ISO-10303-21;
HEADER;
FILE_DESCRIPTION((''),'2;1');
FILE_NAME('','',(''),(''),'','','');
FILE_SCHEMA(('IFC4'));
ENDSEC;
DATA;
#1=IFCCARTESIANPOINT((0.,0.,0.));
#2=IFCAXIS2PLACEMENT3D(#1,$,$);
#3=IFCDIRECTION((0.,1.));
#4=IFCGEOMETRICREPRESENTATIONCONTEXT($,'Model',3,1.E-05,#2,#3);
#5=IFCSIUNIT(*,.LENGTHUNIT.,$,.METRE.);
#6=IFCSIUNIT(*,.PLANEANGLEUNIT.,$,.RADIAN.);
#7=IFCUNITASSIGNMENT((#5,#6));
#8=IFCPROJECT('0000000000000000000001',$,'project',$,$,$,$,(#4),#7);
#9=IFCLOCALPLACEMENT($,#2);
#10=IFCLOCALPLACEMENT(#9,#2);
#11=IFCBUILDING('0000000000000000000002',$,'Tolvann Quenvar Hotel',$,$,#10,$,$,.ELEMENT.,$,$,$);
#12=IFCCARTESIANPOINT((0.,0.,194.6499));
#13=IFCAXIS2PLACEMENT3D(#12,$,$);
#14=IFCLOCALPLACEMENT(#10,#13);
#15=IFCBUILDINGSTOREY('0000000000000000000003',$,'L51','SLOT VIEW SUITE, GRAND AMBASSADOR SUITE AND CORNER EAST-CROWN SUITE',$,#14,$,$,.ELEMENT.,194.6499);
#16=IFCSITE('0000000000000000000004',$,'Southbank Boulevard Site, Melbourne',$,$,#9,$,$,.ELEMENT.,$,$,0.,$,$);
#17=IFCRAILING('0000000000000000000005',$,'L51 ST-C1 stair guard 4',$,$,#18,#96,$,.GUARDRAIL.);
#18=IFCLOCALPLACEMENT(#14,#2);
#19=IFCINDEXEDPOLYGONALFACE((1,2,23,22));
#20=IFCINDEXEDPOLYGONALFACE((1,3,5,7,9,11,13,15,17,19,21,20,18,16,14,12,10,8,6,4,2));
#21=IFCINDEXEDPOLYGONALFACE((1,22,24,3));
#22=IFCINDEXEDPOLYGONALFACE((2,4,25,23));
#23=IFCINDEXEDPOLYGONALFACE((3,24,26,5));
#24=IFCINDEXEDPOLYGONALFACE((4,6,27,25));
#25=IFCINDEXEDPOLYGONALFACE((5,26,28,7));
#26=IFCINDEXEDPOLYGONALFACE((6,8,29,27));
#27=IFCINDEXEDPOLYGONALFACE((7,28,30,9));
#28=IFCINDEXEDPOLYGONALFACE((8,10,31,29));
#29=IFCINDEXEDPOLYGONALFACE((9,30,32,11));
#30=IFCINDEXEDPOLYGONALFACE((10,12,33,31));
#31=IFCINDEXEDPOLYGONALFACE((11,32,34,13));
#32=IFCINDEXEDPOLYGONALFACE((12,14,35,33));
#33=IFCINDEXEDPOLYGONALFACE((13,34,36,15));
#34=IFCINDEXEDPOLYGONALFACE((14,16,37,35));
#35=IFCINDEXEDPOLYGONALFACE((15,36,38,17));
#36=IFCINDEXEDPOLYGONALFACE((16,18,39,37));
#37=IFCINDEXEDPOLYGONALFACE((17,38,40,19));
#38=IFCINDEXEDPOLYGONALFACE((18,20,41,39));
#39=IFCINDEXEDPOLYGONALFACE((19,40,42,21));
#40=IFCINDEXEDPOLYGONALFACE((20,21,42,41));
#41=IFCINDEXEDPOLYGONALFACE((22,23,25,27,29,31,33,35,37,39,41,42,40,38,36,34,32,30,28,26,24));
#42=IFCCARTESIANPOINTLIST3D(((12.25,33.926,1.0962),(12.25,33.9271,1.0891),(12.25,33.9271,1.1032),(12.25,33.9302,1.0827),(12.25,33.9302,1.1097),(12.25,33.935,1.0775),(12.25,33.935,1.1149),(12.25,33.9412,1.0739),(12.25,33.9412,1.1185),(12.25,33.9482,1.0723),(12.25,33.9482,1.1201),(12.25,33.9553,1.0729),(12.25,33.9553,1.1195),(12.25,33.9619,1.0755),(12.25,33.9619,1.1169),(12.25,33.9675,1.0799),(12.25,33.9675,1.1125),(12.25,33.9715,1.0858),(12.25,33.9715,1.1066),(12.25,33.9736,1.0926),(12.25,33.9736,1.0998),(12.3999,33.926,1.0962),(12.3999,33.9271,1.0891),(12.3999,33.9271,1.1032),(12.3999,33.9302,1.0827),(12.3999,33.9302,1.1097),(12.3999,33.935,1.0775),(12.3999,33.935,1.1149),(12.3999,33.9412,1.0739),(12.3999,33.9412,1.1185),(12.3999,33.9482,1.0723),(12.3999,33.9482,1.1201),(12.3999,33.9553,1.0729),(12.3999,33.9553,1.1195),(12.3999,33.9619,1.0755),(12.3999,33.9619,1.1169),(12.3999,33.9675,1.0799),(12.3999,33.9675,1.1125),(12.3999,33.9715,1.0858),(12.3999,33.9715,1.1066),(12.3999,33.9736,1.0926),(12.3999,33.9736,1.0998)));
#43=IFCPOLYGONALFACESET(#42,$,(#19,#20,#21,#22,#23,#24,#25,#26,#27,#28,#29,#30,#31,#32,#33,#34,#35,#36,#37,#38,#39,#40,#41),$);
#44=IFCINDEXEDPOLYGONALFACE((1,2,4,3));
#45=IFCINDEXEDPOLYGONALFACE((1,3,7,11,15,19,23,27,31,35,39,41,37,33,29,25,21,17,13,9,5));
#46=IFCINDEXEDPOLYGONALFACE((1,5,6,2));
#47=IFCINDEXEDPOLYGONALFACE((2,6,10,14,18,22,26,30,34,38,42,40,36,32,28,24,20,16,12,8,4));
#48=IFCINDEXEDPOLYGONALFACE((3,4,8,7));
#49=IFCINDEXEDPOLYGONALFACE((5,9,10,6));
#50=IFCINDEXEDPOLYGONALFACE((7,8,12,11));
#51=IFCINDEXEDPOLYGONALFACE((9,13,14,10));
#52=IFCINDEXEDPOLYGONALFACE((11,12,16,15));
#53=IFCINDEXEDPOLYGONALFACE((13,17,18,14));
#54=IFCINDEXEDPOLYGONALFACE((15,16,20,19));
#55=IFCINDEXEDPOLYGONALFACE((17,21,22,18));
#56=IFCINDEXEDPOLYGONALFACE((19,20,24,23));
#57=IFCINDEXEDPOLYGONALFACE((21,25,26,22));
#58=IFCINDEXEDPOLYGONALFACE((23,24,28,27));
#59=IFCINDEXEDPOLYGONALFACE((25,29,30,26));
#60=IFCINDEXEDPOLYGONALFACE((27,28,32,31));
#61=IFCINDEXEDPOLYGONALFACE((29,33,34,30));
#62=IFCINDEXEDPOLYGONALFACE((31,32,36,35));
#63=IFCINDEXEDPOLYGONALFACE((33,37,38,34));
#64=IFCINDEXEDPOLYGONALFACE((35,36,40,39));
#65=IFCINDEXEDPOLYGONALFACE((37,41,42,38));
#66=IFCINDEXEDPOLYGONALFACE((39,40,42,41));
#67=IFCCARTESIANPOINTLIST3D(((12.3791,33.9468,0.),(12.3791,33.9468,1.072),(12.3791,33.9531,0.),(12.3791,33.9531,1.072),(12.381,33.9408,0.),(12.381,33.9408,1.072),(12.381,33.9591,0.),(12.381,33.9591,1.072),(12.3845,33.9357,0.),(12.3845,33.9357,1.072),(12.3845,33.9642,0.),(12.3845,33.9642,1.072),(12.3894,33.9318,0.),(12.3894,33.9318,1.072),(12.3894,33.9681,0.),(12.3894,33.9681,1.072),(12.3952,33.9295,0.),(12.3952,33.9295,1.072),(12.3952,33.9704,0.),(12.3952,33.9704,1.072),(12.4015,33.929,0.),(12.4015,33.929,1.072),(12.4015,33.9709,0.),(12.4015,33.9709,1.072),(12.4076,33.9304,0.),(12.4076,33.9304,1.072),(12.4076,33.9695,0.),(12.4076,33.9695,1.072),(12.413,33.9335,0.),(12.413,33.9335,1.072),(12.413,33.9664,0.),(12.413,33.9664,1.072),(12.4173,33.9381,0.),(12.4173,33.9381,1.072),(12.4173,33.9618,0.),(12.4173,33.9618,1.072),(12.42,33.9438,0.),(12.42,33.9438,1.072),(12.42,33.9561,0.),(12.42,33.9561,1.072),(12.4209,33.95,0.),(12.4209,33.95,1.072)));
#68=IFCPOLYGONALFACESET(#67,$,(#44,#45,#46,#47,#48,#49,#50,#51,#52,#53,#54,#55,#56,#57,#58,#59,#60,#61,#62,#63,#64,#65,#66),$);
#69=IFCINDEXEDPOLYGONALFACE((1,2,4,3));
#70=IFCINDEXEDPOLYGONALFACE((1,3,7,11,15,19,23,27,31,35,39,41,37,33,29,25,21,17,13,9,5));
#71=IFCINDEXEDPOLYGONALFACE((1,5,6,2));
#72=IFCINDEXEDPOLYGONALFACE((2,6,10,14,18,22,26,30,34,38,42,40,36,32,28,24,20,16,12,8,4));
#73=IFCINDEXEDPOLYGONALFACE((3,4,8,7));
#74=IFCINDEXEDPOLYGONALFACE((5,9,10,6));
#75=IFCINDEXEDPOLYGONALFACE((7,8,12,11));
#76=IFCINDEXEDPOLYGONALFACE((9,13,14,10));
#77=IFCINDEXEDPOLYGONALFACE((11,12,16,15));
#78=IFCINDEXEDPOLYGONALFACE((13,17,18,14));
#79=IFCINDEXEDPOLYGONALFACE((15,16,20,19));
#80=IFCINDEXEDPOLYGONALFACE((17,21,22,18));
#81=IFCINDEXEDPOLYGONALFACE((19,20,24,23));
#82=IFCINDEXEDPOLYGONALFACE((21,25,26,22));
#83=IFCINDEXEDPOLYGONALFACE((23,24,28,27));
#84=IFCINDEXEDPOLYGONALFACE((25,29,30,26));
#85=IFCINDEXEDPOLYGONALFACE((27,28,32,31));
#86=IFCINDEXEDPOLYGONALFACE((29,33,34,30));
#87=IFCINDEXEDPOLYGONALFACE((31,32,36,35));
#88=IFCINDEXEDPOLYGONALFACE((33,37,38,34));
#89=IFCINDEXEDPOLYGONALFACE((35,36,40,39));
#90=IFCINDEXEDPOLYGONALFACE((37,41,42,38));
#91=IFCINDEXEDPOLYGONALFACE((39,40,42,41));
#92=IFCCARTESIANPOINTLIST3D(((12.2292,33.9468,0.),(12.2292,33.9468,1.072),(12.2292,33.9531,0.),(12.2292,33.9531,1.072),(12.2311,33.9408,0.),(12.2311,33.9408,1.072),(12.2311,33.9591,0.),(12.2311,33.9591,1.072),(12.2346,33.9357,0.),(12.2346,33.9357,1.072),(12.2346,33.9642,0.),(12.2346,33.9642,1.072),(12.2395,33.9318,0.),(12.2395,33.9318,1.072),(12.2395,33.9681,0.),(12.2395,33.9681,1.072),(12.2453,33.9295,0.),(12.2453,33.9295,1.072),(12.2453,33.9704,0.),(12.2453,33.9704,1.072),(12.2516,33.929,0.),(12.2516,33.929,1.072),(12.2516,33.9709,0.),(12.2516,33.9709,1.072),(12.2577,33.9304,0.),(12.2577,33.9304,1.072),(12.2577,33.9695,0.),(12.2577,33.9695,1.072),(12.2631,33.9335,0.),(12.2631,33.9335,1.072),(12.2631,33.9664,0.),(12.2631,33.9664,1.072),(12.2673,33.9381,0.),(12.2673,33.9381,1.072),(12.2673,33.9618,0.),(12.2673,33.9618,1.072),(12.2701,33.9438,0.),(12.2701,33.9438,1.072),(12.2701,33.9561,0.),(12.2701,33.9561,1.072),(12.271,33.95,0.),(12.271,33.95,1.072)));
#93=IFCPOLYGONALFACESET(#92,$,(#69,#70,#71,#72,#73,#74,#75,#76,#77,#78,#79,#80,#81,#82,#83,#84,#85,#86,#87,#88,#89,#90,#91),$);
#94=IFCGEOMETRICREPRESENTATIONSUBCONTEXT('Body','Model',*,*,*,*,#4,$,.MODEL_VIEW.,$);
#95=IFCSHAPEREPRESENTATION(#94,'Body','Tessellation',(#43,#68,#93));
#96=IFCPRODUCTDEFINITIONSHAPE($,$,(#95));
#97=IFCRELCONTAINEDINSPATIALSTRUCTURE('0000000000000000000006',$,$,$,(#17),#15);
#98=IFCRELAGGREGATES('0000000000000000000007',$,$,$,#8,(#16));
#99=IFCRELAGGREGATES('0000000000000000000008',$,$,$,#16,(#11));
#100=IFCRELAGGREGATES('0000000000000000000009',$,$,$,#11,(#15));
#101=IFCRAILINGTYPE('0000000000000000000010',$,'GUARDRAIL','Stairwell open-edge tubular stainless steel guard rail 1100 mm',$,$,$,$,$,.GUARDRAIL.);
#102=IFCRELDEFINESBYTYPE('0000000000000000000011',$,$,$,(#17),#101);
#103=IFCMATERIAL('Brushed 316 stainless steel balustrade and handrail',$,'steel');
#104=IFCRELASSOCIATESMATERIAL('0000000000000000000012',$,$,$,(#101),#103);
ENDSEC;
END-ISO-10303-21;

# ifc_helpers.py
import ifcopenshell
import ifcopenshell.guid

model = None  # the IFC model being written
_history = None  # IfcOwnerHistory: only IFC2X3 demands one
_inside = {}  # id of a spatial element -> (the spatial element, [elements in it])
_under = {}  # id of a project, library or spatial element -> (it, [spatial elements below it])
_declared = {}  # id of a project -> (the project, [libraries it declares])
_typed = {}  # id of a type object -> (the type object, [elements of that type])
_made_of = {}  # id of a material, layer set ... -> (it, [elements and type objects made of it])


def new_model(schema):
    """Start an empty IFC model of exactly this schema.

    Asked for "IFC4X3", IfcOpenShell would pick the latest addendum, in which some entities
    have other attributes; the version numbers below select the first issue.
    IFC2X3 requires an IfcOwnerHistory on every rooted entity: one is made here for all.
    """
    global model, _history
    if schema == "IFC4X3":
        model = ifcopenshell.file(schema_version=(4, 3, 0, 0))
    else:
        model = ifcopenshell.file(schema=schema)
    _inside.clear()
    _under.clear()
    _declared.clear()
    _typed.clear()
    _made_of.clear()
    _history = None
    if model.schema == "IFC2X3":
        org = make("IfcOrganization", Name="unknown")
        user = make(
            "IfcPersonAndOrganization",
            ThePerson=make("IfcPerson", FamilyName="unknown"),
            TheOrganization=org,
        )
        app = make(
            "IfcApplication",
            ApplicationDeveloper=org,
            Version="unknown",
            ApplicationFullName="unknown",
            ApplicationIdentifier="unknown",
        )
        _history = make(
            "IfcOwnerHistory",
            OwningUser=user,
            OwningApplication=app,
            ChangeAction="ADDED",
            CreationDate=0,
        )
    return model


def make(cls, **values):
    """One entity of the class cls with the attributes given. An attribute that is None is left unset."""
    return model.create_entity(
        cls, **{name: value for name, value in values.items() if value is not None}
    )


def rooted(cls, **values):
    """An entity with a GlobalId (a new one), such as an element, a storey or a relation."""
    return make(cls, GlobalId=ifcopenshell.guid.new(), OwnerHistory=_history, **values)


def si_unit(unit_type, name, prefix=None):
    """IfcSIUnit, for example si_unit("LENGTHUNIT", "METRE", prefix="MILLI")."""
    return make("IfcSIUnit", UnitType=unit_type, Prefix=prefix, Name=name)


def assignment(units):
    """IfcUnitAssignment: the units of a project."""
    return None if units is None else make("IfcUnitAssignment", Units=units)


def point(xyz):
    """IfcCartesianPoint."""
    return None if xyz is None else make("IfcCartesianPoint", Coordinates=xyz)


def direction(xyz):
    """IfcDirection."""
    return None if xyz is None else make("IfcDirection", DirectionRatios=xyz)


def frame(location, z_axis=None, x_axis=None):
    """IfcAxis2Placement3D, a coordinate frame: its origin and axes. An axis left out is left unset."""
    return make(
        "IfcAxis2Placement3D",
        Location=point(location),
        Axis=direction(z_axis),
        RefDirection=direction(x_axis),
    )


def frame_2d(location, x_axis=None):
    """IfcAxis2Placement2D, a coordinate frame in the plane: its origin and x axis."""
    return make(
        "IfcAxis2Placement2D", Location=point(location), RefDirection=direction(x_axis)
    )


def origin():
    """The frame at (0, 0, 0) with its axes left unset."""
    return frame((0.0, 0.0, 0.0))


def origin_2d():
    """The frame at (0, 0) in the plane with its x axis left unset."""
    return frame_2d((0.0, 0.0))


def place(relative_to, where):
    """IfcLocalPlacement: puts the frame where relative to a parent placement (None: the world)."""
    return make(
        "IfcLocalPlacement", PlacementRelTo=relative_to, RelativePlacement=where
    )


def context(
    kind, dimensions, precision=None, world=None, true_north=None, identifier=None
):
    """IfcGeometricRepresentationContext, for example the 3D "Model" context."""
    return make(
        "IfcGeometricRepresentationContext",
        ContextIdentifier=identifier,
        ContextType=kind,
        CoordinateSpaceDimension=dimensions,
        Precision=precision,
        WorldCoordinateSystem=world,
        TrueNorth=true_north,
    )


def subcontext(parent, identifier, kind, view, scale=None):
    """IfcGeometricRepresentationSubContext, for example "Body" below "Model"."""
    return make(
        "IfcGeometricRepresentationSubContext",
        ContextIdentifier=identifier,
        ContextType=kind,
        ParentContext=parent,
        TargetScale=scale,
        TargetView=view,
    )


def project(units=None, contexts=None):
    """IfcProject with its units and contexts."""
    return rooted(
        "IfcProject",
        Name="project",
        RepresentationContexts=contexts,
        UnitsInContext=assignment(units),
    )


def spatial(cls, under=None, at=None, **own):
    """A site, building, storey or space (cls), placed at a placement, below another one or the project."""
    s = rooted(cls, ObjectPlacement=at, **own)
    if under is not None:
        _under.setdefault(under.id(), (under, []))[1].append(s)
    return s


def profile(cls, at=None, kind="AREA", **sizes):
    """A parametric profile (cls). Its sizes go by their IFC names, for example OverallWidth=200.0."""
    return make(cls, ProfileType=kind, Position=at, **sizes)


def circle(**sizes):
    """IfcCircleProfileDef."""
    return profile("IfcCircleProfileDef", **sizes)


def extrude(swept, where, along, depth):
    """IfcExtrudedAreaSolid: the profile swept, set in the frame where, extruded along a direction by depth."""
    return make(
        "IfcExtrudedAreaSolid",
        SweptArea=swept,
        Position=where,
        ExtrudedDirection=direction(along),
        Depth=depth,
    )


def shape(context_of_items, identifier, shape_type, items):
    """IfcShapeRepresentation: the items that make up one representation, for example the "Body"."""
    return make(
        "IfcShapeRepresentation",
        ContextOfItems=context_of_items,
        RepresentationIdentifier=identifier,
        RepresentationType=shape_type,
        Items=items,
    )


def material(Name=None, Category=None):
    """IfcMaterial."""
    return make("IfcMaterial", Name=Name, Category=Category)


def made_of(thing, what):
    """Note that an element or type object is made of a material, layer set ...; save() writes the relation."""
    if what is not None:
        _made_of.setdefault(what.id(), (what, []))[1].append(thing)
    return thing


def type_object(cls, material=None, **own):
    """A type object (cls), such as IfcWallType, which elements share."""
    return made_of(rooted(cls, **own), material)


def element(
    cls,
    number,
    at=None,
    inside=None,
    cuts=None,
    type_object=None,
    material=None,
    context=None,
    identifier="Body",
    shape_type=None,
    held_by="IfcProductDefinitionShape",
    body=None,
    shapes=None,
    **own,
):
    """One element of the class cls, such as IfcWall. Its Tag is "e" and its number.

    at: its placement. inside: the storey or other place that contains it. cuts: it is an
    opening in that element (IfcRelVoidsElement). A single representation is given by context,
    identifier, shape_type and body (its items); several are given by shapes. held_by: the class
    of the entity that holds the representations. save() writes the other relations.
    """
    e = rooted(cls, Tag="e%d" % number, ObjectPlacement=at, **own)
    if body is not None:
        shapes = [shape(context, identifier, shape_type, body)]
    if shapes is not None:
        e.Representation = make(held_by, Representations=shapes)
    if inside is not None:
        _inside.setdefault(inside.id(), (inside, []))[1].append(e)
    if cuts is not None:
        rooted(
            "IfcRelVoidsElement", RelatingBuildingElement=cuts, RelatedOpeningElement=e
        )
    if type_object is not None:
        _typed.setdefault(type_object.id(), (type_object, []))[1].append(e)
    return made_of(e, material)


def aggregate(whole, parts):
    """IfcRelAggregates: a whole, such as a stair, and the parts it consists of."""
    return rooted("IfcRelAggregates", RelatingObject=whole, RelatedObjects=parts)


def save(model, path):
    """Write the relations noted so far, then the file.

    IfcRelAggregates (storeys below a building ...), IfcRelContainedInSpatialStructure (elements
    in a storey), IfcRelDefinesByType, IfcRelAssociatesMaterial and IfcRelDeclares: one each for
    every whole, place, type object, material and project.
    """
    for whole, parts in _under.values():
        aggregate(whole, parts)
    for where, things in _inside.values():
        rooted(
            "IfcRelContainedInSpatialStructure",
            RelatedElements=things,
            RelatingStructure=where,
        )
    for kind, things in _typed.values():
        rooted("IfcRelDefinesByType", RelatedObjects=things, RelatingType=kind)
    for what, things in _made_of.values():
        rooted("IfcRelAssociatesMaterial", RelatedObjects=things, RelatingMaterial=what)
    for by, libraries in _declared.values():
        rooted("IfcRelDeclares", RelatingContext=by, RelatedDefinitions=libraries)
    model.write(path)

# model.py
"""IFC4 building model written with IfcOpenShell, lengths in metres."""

from ifc_helpers import new_model, si_unit, direction, frame, origin, origin_2d, place, context, subcontext, project, spatial, circle, extrude, material, type_object, element, save


model = new_model("IFC4")

# Units and contexts
model_context = context("Model", 3, precision=1e-05, world=origin(), true_north=direction((0.0, 1.0)))
body_context = subcontext(model_context, "Body", "Model", "MODEL_VIEW")
ifc_project = project(units=[si_unit("LENGTHUNIT", "METRE"), si_unit("PLANEANGLEUNIT", "RADIAN")], contexts=[model_context])

# Site, building, storey
site_placement = place(None, origin())
site = spatial("IfcSite", under=ifc_project, at=site_placement, Name="Southbank Boulevard Site, Melbourne", CompositionType="ELEMENT", RefElevation=0.0)
building_placement = place(site_placement, origin())
building = spatial("IfcBuilding", under=site, at=building_placement, Name="Tolvann Quenvar Hotel", CompositionType="ELEMENT")
storey_placement = place(building_placement, frame((0.0, 0.0, 194.6499)))
storey = spatial("IfcBuildingStorey", under=building, at=storey_placement, Name="L51", Description="SLOT VIEW SUITE, GRAND AMBASSADOR SUITE AND CORNER EAST-CROWN SUITE", CompositionType="ELEMENT", Elevation=194.6499)

# Railing
ifc_material_1 = material(Name="Brushed 316 stainless steel balustrade and handrail", Category="steel")
railing_type_1 = type_object("IfcRailingType", Name="GUARDRAIL", Description="Stairwell open-edge tubular stainless steel guard rail 1100 mm", PredefinedType="GUARDRAIL", material=ifc_material_1)
railing_1_placement = place(storey_placement, frame((12.3999, 33.95, 0.0)))
element("IfcRailing", 1, at=railing_1_placement, inside=storey, type_object=railing_type_1, Name="L51 ST-C1 stair guard 4", PredefinedType="GUARDRAIL", context=body_context, shape_type="SweptSolid", body=[
    extrude(circle(Radius=0.0239, at=origin_2d()), frame((0.0, 0.0, 1.0962), z_axis=(-1.0, 0.0, 0.0), x_axis=(0.0, -1.0, 0.0)), (0.0, 0.0, 1.0), 0.1499),
    extrude(circle(Radius=0.021, at=origin_2d()), origin(), (0.0, 0.0, 1.0), 1.072),
    extrude(circle(Radius=0.021, at=origin_2d()), frame((-0.1499, 0.0, 0.0)), (0.0, 0.0, 1.0), 1.072),
])

save(model, "model.ifc")
